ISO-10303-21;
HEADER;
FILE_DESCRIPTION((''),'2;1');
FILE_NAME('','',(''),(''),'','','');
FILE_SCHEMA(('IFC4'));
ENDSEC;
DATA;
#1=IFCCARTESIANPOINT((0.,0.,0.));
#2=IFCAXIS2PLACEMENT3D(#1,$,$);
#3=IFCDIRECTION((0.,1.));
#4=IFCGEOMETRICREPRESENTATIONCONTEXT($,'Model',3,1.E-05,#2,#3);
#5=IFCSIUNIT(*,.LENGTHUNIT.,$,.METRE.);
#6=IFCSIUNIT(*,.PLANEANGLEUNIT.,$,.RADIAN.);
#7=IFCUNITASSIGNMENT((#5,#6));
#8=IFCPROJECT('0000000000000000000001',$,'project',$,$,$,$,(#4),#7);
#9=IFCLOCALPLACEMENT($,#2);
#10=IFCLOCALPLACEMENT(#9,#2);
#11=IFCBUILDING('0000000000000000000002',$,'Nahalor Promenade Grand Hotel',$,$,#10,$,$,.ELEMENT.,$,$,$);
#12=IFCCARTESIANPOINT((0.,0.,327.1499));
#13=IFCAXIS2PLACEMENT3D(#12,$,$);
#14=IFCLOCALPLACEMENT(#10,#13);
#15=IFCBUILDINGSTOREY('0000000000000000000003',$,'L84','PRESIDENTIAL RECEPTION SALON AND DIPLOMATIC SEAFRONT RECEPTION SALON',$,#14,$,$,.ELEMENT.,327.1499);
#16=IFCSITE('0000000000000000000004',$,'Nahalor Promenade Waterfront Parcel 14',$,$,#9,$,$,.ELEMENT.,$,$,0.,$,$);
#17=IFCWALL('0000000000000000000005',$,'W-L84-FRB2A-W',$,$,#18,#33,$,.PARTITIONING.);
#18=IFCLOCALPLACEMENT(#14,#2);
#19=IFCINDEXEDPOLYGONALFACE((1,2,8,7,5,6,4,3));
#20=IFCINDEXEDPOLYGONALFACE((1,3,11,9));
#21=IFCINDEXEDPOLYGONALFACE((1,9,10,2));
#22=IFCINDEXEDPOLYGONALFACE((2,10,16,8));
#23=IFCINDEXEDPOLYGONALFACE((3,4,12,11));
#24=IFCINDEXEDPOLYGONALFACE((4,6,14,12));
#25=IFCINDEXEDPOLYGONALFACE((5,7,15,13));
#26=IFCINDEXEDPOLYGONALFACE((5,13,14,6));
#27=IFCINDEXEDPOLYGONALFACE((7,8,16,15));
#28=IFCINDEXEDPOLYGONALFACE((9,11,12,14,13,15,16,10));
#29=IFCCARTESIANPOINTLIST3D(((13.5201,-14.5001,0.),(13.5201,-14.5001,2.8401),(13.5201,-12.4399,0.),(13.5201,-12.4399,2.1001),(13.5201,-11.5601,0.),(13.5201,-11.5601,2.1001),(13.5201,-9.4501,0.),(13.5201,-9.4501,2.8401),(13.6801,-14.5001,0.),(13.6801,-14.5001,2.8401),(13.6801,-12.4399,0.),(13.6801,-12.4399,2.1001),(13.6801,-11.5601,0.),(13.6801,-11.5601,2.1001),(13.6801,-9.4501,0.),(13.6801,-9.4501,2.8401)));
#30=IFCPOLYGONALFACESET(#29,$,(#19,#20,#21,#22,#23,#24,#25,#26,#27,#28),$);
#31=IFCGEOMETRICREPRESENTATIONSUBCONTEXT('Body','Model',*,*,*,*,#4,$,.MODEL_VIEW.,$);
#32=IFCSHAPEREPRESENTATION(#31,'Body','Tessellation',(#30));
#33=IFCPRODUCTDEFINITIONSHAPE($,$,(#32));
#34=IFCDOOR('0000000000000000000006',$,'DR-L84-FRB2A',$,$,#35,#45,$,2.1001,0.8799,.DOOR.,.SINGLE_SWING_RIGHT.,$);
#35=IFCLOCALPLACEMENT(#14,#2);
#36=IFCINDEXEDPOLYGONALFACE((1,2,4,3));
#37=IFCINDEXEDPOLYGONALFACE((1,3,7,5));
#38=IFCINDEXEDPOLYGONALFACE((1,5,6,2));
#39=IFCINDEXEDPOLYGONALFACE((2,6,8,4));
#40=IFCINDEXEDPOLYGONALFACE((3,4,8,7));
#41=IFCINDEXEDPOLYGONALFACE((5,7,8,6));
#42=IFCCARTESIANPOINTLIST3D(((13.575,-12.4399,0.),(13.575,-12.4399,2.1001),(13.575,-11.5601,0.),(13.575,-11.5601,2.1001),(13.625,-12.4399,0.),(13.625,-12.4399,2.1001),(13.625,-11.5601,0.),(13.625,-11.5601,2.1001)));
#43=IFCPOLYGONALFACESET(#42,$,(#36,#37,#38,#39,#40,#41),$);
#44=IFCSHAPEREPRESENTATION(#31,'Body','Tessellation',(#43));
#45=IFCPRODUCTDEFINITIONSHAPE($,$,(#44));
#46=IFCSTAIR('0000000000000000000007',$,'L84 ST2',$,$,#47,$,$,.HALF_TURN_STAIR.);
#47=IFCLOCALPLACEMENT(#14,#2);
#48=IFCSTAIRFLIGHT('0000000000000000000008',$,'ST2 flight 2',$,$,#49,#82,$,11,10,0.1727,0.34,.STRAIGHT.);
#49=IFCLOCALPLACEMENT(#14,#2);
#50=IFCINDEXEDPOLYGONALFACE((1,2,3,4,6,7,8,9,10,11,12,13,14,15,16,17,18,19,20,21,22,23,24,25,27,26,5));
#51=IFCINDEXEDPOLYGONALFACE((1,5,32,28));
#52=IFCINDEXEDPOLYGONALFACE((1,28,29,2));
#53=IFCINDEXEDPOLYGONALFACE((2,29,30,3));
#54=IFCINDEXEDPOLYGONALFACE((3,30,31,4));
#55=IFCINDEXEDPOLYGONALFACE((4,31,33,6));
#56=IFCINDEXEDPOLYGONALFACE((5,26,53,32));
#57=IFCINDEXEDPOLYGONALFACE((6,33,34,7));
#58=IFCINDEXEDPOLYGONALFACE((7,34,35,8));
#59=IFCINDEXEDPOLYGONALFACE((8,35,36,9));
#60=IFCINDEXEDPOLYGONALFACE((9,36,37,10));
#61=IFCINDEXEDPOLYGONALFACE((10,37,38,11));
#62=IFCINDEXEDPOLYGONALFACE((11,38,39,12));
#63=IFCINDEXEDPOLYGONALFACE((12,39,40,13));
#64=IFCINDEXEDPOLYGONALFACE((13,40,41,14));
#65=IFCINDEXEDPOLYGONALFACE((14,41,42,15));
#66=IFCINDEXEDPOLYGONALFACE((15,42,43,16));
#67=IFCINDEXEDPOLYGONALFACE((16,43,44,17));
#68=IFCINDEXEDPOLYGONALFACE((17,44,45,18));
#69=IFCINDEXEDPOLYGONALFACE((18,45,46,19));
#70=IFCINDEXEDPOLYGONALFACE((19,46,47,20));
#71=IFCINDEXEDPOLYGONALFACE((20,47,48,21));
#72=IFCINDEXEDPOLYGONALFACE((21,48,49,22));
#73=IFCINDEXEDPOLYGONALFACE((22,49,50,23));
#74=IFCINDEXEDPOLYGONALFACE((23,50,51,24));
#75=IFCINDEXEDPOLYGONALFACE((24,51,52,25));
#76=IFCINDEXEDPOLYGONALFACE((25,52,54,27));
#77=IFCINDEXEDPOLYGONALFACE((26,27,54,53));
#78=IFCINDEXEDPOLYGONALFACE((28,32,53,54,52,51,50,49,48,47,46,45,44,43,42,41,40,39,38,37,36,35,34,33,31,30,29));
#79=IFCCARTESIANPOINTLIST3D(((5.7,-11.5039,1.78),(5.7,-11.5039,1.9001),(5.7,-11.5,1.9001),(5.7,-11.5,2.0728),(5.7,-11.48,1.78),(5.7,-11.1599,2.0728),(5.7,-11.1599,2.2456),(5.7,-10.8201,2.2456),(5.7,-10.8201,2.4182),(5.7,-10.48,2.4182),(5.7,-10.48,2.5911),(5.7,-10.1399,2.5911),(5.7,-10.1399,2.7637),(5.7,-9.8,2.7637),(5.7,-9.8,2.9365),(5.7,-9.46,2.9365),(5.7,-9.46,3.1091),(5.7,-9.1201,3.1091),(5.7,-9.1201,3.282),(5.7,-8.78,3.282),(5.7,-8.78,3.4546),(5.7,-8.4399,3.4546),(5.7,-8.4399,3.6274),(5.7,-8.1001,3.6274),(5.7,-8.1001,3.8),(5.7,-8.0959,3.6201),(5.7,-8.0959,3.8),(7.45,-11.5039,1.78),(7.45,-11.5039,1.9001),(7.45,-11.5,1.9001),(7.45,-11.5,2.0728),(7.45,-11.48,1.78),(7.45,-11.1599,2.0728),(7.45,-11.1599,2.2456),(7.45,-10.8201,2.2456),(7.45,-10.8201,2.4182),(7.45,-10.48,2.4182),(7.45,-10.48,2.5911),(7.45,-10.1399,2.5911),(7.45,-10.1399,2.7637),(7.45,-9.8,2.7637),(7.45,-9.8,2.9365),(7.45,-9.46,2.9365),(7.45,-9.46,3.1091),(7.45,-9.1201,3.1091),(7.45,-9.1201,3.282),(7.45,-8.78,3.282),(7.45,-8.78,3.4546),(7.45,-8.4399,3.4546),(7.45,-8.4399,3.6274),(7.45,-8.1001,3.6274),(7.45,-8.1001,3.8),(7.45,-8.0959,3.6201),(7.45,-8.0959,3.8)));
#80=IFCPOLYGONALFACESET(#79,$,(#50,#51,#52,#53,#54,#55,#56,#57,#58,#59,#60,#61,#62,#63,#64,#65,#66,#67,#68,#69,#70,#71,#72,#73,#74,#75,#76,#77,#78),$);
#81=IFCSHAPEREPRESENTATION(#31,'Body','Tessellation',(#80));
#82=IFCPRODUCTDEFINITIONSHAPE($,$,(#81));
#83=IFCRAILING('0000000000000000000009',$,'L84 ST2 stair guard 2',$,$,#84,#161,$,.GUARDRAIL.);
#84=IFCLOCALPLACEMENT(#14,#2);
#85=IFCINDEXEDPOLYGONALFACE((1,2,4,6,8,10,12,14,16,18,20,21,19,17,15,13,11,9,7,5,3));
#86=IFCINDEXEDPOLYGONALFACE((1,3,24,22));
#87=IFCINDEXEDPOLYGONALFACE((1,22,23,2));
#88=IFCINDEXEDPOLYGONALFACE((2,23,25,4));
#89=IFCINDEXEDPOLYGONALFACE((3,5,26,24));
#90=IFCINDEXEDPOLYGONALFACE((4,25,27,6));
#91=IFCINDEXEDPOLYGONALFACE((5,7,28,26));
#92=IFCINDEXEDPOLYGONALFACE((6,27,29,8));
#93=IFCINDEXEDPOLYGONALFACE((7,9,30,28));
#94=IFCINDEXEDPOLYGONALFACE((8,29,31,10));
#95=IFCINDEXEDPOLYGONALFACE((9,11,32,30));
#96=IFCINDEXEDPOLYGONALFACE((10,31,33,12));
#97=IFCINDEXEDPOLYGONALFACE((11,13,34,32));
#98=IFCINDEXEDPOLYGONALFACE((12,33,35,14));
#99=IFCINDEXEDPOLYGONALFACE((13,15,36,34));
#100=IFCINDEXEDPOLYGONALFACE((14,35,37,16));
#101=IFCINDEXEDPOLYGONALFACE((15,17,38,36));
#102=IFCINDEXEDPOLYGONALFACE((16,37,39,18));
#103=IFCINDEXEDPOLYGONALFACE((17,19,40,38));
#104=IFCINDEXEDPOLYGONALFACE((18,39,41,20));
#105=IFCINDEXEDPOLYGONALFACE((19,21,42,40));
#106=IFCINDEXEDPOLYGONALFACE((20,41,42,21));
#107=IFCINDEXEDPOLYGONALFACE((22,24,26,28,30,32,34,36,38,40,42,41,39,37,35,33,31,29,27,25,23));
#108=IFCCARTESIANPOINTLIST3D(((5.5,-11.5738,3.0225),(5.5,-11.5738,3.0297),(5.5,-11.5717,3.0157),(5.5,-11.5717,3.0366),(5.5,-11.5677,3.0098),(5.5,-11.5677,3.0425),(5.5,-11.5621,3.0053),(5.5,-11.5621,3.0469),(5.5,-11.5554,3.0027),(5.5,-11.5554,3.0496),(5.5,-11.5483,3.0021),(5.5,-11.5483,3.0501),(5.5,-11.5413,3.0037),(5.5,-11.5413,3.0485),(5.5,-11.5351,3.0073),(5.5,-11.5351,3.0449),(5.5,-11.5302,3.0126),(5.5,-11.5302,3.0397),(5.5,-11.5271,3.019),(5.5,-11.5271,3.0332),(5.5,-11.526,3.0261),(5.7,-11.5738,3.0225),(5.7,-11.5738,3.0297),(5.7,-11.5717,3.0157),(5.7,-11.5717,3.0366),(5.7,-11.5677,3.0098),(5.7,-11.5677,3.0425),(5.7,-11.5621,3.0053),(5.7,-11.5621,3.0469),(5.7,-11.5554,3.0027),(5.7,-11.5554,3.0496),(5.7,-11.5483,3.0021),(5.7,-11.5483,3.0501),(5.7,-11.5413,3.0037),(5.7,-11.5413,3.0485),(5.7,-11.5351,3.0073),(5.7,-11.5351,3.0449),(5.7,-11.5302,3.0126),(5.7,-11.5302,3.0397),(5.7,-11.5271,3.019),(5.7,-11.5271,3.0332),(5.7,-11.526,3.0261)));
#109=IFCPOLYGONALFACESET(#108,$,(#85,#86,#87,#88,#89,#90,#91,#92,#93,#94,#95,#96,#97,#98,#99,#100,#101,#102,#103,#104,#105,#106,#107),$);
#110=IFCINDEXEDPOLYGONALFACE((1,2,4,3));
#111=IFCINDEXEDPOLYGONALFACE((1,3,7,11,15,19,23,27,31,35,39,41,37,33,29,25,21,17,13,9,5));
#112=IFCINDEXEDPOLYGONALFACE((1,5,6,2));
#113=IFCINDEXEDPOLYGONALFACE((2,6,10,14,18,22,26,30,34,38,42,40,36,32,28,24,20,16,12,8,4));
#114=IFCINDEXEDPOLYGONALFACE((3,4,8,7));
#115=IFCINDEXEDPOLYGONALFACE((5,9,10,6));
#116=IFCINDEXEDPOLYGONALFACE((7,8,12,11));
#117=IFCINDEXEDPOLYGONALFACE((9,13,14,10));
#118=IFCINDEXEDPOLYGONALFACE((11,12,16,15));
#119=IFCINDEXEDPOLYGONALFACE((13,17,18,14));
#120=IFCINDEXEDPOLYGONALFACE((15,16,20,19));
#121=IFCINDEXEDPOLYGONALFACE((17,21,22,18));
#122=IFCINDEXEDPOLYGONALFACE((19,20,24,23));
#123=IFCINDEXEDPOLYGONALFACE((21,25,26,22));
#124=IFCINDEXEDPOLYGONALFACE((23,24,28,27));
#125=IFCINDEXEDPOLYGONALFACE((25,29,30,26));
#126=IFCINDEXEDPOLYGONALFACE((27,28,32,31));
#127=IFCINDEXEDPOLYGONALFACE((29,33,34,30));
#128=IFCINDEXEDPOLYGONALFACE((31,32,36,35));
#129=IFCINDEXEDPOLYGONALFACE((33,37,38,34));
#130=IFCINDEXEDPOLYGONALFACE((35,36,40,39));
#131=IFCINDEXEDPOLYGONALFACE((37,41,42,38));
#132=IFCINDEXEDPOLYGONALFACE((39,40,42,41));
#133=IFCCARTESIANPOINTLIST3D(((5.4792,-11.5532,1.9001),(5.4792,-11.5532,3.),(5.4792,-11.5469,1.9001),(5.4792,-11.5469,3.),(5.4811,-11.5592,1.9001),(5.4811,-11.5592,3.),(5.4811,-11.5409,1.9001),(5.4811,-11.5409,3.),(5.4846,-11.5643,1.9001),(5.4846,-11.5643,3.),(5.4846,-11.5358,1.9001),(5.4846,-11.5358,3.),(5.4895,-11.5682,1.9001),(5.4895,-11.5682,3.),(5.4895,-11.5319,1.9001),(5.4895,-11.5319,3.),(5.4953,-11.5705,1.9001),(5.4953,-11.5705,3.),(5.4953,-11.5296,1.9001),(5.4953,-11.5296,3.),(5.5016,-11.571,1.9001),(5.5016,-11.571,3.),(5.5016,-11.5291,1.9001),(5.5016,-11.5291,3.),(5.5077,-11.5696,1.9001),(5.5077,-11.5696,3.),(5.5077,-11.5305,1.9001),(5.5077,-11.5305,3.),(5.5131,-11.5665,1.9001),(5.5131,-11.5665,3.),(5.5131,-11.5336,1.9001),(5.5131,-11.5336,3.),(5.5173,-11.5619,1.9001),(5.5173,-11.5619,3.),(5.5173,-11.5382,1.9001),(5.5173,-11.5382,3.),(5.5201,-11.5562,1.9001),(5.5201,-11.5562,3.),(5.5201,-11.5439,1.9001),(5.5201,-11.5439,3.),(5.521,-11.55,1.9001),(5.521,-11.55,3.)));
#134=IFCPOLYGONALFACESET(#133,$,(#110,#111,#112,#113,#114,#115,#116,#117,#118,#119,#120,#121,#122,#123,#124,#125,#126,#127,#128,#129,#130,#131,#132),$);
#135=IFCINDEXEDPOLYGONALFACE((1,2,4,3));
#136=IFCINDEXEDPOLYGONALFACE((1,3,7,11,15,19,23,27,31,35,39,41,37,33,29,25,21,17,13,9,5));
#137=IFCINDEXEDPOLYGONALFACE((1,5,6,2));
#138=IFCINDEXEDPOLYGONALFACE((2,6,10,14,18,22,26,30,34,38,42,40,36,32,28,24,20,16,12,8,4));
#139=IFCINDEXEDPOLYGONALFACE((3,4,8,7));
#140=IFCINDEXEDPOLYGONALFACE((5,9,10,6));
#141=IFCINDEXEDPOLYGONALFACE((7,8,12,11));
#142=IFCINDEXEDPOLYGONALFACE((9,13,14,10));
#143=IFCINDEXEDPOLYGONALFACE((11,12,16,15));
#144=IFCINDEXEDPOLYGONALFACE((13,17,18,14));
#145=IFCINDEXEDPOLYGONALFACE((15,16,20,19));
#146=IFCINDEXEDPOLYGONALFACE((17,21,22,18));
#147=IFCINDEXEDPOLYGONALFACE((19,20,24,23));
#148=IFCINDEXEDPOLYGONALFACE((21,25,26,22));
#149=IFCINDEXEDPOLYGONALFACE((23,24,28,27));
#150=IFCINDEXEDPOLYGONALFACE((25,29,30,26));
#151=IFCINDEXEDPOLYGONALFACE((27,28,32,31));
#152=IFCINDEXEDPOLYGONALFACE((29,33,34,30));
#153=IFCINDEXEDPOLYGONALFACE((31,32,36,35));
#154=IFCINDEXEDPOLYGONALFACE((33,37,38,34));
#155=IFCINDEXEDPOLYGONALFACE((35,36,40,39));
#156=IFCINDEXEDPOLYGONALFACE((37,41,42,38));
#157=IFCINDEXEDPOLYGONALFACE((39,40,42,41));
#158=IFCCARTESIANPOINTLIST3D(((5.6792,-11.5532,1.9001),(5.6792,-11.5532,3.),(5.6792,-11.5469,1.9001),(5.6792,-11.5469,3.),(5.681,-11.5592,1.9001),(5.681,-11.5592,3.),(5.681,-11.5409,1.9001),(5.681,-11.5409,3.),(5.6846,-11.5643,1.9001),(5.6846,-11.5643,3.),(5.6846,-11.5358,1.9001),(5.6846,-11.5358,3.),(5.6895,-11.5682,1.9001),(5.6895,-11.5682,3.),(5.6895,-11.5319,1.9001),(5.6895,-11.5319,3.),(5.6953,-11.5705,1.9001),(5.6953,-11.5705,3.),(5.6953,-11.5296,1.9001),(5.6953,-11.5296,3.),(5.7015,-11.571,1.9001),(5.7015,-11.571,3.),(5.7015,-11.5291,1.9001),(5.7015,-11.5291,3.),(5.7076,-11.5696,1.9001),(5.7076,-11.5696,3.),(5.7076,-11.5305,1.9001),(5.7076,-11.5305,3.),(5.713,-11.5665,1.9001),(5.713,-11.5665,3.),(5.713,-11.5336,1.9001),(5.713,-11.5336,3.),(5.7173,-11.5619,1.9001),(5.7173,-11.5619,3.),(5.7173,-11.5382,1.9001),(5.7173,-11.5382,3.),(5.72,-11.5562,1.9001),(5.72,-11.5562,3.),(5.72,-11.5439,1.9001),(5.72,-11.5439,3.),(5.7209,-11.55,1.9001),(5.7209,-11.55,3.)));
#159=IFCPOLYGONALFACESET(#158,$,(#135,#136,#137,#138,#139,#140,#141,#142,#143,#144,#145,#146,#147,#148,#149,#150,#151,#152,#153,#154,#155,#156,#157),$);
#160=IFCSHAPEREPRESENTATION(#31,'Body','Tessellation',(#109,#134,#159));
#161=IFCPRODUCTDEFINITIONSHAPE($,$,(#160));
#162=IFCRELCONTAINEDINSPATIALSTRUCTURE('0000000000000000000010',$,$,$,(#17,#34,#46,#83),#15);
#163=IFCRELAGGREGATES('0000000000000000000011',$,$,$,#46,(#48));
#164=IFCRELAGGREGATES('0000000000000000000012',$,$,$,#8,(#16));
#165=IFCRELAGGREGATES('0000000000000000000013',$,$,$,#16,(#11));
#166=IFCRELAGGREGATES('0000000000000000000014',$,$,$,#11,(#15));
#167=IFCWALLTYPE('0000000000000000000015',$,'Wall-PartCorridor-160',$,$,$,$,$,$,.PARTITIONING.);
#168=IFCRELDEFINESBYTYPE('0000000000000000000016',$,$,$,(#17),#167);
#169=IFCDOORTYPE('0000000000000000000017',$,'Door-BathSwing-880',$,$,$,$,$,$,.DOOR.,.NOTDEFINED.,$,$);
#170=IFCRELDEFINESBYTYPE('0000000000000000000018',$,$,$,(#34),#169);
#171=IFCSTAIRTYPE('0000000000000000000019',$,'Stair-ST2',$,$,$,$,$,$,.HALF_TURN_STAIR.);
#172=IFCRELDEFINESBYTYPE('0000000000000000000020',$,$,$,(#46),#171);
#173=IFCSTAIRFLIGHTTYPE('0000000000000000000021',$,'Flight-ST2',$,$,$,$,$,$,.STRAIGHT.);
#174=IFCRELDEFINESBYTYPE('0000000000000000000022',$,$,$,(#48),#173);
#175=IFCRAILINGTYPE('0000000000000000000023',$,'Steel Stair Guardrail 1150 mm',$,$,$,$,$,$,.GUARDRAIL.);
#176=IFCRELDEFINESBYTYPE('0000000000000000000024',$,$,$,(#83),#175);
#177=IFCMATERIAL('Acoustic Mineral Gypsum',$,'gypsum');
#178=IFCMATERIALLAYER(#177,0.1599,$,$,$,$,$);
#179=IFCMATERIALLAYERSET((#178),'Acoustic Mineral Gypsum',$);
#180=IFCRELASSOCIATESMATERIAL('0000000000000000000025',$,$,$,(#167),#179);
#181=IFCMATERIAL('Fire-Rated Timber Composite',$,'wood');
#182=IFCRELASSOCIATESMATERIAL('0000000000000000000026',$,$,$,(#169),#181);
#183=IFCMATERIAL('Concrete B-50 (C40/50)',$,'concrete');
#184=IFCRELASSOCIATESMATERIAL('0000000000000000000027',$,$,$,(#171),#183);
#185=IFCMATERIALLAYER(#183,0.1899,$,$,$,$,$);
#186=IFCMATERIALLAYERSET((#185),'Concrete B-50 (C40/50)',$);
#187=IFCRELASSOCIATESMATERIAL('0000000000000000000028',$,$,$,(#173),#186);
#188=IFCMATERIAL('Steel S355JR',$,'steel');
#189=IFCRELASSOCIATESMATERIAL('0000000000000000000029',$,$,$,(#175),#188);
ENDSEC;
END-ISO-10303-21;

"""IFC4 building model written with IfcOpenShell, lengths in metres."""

from ifc_helpers import new_model, si_unit, direction, frame, frame_2d, origin, origin_2d, place, context, subcontext, project, spatial, polyline, rectangle, circle, outline, extrude, source, transform, mapped, material, layer, layer_set, type_object, element, fill, aggregate, save


model = new_model("IFC4")

# Units and contexts
model_context = context("Model", 3, precision=1e-05, world=origin(), true_north=direction((0.0, 1.0)))
body_context = subcontext(model_context, "Body", "Model", "MODEL_VIEW")
ifc_project = project(units=[si_unit("LENGTHUNIT", "METRE"), si_unit("PLANEANGLEUNIT", "RADIAN")], contexts=[model_context])

# Site, building, storey
site_placement = place(None, origin())
site = spatial("IfcSite", under=ifc_project, at=site_placement, Name="Nahalor Promenade Waterfront Parcel 14", CompositionType="ELEMENT", RefElevation=0.0)
building_placement = place(site_placement, origin())
building = spatial("IfcBuilding", under=site, at=building_placement, Name="Nahalor Promenade Grand Hotel", CompositionType="ELEMENT")
storey_placement = place(building_placement, frame((0.0, 0.0, 327.1499)))
storey = spatial("IfcBuildingStorey", under=building, at=storey_placement, Name="L84", Description="PRESIDENTIAL RECEPTION SALON AND DIPLOMATIC SEAFRONT RECEPTION SALON", CompositionType="ELEMENT", Elevation=327.1499)

# Shared definitions
ifc_material_1 = material(Name="Steel S355JR", Category="steel")

# Shared definitions
ifc_material_2 = material(Name="Concrete B-50 (C40/50)", Category="concrete")

# Shared definitions
ifc_material_3 = material(Name="Acoustic Mineral Gypsum", Category="gypsum")
ifc_layer_1 = layer(ifc_material_3, 0.1599)
ifc_layer_set_1 = layer_set([ifc_layer_1], Name="Acoustic Mineral Gypsum")
wall_type_1 = type_object("IfcWallType", Name="Wall-PartCorridor-160", PredefinedType="PARTITIONING", material=ifc_layer_set_1)

# Wall, opening, door
ifc_material_4 = material(Name="Fire-Rated Timber Composite", Category="wood")
door_type_1 = type_object("IfcDoorType", Name="Door-BathSwing-880", OperationType="NOTDEFINED", PredefinedType="DOOR", material=ifc_material_4)
shared_shape_1 = source(origin(), body_context, "Body", "SweptSolid", [
    extrude(rectangle(XDim=0.8799, YDim=2.1001, at=frame_2d((0.4399, 1.05))), frame((0.0, 0.0249, 0.0), z_axis=(0.0, -1.0, 0.0), x_axis=(1.0, 0.0, 0.0)), (0.0, 0.0, 1.0), 0.05),
])
shared_shape_2 = source(origin(), body_context, "Body", "SweptSolid", [
    extrude(rectangle(XDim=5.05, YDim=0.1599, at=frame_2d((2.5249, 0.0))), origin(), (0.0, 0.0, 1.0), 2.8401),
])
wall_1_placement = place(storey_placement, frame((13.6001, -14.5, 0.0), z_axis=(0.0, 0.0, 1.0), x_axis=(0.0, 1.0, 0.0)))
wall_1 = element("IfcWall", 1, at=wall_1_placement, inside=storey, type_object=wall_type_1, Name="W-L84-FRB2A-W", PredefinedType="PARTITIONING", context=body_context, shape_type="MappedRepresentation", body=[
    mapped(shared_shape_2, transform((0.0, 0.0, 0.0), scale=1.0)),
])
opening_1_placement = place(wall_1_placement, frame((2.0601, 0.0, 0.0)))
opening_1 = element("IfcOpeningElement", 2, at=opening_1_placement, cuts=wall_1, PredefinedType="OPENING", context=body_context, shape_type="SweptSolid", body=[
    extrude(rectangle(XDim=0.8799, YDim=2.1001, at=frame_2d((0.4399, 1.05))), frame((0.0, 0.0898, 0.0), z_axis=(0.0, -1.0, 0.0), x_axis=(1.0, 0.0, 0.0)), (0.0, 0.0, 1.0), 0.1799),
])
door_1_placement = place(opening_1_placement, frame((0.8799, 0.0, 0.0), z_axis=(0.0, 0.0, 1.0), x_axis=(-1.0, 0.0, 0.0)))
door_1 = element("IfcDoor", 3, at=door_1_placement, inside=storey, type_object=door_type_1, Name="DR-L84-FRB2A", OperationType="SINGLE_SWING_RIGHT", OverallHeight=2.1001, OverallWidth=0.8799, PredefinedType="DOOR", context=body_context, shape_type="MappedRepresentation", body=[
    mapped(shared_shape_1, transform((0.0, 0.0, 0.0), scale=1.0)),
])
fill(opening_1, door_1)

# Stair, stair flight
stair_type = type_object("IfcStairType", Name="Stair-ST2", PredefinedType="HALF_TURN_STAIR", material=ifc_material_2)
stair_placement = place(storey_placement, origin())
stair = element("IfcStair", 4, at=stair_placement, inside=storey, type_object=stair_type, Name="L84 ST2", PredefinedType="HALF_TURN_STAIR")
ifc_layer_2 = layer(ifc_material_2, 0.1899)
ifc_layer_set_2 = layer_set([ifc_layer_2], Name="Concrete B-50 (C40/50)")
stair_flight_type = type_object("IfcStairFlightType", Name="Flight-ST2", PredefinedType="STRAIGHT", material=ifc_layer_set_2)
shared_shape_3 = source(origin(), body_context, "Body", "SweptSolid", [
    extrude(outline(polyline([(-0.0039, -0.1201), (-0.0039, 0.0), (0.0, 0.0), (0.0, 0.1726), (0.3401, 0.1726), (0.3401, 0.3455), (0.6799, 0.3455), (0.6799, 0.5181), (1.02, 0.5181), (1.02, 0.6909), (1.3601, 0.6909), (1.3601, 0.8635), (1.7, 0.8635), (1.7, 1.0364), (2.04, 1.0364), (2.04, 1.209), (2.3799, 1.209), (2.3799, 1.3818), (2.72, 1.3818), (2.72, 1.5544), (3.0601, 1.5544), (3.0601, 1.7273), (3.3999, 1.7273), (3.3999, 1.8999), (3.4041, 1.8999), (3.4041, 1.72), (0.02, -0.1201), (-0.0039, -0.1201)])), frame((0.0, 0.875, 0.0), z_axis=(0.0, -1.0, 0.0), x_axis=(1.0, 0.0, 0.0)), (0.0, 0.0, 1.0), 1.75),
])
stair_flight_placement = place(storey_placement, frame((6.575, -11.5, 1.9001), z_axis=(0.0, 0.0, 1.0), x_axis=(0.0, 1.0, 0.0)))
stair_flight = element("IfcStairFlight", 5, at=stair_flight_placement, type_object=stair_flight_type, Name="ST2 flight 2", NumberOfRisers=11, NumberOfTreads=10, PredefinedType="STRAIGHT", RiserHeight=0.1727, TreadLength=0.34, context=body_context, shape_type="MappedRepresentation", body=[
    mapped(shared_shape_3, transform((0.0, 0.0, 0.0), scale=1.0)),
])
aggregate(stair, [stair_flight])

# Railing
railing_type_1 = type_object("IfcRailingType", Name="Steel Stair Guardrail 1150 mm", PredefinedType="GUARDRAIL", material=ifc_material_1)
railing_1_placement = place(storey_placement, frame((5.5, -11.55, 1.9001)))
element("IfcRailing", 6, at=railing_1_placement, inside=storey, type_object=railing_type_1, Name="L84 ST2 stair guard 2", PredefinedType="GUARDRAIL", context=body_context, shape_type="SweptSolid", body=[
    extrude(circle(Radius=0.024, at=origin_2d()), frame((0.0, 0.0, 1.126), z_axis=(1.0, 0.0, 0.0), x_axis=(0.0, 1.0, 0.0)), (0.0, 0.0, 1.0), 0.2),
    extrude(circle(Radius=0.021, at=origin_2d()), origin(), (0.0, 0.0, 1.0), 1.0999),
    extrude(circle(Radius=0.021, at=origin_2d()), frame((0.2, 0.0, 0.0)), (0.0, 0.0, 1.0), 1.0999),
])

save(model, "model.ifc")
